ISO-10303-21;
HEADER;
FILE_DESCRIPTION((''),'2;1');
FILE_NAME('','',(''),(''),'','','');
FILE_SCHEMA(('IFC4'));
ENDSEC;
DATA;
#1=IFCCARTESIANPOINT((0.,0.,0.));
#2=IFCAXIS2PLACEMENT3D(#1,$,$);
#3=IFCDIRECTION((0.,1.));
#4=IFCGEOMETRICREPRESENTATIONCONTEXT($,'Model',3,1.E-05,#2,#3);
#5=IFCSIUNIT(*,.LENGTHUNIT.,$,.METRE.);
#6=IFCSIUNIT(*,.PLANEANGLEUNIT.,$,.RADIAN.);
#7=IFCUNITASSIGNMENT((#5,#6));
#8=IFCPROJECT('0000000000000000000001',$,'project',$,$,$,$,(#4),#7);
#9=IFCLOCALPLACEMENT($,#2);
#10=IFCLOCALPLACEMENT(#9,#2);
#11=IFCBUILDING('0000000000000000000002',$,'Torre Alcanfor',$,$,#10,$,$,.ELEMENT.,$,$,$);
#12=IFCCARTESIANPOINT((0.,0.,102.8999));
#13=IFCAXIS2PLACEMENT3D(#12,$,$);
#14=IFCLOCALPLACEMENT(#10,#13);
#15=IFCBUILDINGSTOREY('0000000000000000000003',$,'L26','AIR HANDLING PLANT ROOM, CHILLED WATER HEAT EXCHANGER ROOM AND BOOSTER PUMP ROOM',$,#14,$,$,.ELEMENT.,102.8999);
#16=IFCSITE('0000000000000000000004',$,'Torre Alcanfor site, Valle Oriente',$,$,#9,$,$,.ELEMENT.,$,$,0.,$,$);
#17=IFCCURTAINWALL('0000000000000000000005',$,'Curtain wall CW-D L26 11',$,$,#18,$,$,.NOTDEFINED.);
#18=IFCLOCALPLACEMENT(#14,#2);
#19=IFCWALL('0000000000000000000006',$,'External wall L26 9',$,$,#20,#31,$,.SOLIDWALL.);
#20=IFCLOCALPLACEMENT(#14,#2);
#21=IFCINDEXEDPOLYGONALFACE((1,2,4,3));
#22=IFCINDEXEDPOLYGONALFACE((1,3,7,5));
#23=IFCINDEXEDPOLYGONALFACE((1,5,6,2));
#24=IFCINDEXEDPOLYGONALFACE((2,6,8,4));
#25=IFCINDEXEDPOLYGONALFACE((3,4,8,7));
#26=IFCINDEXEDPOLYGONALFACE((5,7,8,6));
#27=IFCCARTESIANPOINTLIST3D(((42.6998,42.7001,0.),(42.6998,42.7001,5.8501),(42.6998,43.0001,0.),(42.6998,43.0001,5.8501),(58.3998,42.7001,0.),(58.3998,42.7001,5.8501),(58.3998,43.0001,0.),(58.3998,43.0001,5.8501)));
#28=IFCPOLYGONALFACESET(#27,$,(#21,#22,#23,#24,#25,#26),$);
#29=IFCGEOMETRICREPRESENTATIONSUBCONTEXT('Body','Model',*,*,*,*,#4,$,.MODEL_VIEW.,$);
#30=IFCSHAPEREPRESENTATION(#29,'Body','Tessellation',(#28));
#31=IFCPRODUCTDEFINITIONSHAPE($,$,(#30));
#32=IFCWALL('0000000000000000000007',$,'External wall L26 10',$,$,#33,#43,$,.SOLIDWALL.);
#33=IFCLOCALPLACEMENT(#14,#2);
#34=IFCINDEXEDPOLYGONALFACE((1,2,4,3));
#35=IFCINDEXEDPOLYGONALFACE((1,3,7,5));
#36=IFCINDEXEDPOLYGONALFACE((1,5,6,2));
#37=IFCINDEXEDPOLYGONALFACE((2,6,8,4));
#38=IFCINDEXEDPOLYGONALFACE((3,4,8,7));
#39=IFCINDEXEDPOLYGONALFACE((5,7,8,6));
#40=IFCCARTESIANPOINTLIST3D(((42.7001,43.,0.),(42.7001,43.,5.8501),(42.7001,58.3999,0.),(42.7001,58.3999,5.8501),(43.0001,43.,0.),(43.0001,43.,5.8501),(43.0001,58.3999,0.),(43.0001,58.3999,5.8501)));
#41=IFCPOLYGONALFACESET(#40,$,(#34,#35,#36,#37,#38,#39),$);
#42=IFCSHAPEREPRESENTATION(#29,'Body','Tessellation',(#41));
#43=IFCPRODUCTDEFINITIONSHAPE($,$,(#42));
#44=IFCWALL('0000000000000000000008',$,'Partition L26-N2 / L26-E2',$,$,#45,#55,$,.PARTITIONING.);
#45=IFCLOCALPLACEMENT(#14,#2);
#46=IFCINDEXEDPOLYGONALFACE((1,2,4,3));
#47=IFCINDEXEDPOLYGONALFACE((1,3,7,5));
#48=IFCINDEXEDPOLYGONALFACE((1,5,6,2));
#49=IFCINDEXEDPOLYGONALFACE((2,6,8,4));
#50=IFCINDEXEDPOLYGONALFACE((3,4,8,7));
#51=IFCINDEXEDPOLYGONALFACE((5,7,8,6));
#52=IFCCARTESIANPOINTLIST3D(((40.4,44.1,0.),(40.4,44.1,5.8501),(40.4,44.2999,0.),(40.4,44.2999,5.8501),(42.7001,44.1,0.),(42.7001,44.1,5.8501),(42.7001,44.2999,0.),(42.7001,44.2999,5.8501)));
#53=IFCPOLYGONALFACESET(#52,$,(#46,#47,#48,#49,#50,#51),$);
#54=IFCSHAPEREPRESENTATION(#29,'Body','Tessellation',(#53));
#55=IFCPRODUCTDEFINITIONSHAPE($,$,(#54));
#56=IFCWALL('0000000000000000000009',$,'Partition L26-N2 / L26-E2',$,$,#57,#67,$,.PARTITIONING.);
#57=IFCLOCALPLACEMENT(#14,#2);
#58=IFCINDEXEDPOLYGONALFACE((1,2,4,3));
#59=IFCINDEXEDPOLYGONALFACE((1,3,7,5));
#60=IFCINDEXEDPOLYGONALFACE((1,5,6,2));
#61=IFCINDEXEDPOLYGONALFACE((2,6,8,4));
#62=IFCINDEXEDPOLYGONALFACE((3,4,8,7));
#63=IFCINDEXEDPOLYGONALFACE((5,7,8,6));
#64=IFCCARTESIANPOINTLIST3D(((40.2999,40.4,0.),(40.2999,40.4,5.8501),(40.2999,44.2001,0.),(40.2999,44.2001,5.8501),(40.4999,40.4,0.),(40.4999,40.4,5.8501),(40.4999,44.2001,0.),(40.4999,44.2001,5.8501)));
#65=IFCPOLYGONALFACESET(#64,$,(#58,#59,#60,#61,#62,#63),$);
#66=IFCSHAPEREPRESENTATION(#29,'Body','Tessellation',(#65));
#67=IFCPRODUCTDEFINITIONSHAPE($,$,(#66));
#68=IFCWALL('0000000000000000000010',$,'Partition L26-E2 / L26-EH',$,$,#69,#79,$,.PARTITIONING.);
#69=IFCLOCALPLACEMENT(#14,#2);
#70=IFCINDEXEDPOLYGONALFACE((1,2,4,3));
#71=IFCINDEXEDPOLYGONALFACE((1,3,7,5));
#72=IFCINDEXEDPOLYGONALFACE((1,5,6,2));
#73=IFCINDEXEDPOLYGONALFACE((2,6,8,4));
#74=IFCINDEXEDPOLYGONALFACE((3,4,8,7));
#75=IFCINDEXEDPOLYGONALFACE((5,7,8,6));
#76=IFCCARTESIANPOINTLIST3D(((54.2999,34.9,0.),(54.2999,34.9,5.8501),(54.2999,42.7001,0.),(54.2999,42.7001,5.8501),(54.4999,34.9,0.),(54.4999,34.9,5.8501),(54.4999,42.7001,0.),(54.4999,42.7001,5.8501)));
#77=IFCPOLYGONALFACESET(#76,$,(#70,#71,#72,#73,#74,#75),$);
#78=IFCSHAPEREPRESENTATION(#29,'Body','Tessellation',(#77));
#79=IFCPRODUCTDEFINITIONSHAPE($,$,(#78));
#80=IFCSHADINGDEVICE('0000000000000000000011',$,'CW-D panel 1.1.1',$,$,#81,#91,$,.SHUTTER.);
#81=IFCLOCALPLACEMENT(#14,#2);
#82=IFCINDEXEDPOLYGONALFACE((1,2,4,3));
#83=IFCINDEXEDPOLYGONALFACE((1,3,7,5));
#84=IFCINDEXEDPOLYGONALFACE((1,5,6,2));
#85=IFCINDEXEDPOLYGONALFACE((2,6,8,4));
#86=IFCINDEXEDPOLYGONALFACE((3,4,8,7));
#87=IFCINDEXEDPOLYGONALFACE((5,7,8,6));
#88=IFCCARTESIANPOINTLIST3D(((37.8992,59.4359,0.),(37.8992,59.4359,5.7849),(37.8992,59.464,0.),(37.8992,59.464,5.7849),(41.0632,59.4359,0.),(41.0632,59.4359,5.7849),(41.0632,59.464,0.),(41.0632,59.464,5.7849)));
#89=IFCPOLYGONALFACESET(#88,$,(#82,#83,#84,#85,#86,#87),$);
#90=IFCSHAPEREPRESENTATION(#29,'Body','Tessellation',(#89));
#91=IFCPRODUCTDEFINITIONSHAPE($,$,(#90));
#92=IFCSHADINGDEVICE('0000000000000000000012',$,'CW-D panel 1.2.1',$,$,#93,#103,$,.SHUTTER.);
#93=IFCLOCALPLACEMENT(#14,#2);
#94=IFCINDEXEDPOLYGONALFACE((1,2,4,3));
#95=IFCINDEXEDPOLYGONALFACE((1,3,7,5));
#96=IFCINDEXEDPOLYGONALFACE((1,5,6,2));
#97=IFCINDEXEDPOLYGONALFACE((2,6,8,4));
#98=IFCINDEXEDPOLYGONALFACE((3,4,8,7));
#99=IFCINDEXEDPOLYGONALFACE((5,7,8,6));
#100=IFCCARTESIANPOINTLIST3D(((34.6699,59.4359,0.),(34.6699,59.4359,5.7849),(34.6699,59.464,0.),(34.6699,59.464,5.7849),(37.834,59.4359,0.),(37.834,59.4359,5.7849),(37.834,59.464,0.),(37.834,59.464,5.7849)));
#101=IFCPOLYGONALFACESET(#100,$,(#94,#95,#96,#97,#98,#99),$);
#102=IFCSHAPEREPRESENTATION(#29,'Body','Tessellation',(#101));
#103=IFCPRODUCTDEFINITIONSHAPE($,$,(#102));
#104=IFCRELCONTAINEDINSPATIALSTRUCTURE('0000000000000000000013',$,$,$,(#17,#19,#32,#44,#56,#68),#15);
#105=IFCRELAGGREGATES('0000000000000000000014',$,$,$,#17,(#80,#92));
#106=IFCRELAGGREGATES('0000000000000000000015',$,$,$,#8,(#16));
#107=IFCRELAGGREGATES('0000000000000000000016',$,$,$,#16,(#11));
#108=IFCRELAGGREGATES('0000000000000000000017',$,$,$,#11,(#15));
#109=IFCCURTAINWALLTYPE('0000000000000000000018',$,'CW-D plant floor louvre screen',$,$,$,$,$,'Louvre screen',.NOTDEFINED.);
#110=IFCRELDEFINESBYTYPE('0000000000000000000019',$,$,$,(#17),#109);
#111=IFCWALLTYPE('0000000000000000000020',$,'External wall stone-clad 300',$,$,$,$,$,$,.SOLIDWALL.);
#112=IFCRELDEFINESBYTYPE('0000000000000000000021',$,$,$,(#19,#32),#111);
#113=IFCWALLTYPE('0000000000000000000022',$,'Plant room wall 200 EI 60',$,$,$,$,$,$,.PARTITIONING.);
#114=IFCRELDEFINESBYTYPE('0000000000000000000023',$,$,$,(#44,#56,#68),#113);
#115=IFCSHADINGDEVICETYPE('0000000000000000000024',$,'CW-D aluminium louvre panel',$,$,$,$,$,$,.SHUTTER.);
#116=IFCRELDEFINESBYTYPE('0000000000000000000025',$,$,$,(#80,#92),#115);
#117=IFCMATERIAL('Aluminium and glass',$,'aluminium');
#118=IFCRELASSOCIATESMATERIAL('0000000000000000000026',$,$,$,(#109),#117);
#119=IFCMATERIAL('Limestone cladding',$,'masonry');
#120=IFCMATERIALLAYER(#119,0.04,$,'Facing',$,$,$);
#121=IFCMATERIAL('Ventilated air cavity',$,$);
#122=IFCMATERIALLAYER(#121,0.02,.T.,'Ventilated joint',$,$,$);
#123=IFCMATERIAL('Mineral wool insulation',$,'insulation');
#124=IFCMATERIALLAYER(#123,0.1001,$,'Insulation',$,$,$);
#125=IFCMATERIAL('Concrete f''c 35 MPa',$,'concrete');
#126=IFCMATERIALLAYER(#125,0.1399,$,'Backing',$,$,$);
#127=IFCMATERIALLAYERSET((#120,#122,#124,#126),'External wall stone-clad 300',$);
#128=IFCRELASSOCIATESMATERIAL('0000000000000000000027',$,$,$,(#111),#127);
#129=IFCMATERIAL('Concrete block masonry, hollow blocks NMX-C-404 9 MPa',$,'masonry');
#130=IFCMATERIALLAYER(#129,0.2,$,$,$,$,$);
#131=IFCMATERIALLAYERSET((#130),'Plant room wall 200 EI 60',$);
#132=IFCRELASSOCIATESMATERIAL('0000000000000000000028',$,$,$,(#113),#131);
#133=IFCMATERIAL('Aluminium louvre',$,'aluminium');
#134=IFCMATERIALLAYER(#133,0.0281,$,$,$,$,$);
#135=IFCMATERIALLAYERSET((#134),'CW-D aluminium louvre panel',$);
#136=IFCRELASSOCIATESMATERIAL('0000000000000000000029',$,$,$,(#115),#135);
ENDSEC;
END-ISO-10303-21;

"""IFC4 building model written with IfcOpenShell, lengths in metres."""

from ifc_helpers import new_model, si_unit, direction, frame, frame_2d, origin, origin_2d, place, context, subcontext, project, spatial, rectangle, extrude, material, layer, layer_set, type_object, element, aggregate, save


model = new_model("IFC4")

# Units and contexts
model_context = context("Model", 3, precision=1e-05, world=origin(), true_north=direction((0.0, 1.0)))
body_context = subcontext(model_context, "Body", "Model", "MODEL_VIEW")
ifc_project = project(units=[si_unit("LENGTHUNIT", "METRE"), si_unit("PLANEANGLEUNIT", "RADIAN")], contexts=[model_context])

# Site, building, storey
site_placement = place(None, origin())
site = spatial("IfcSite", under=ifc_project, at=site_placement, Name="Torre Alcanfor site, Valle Oriente", CompositionType="ELEMENT", RefElevation=0.0)
building_placement = place(site_placement, origin())
building = spatial("IfcBuilding", under=site, at=building_placement, Name="Torre Alcanfor", CompositionType="ELEMENT")
storey_placement = place(building_placement, frame((0.0, 0.0, 102.8999)))
storey = spatial("IfcBuildingStorey", under=building, at=storey_placement, Name="L26", Description="AIR HANDLING PLANT ROOM, CHILLED WATER HEAT EXCHANGER ROOM AND BOOSTER PUMP ROOM", CompositionType="ELEMENT", Elevation=102.8999)

# Shared definitions
ifc_material_1 = material(Name="Aluminium and glass", Category="aluminium")
curtain_wall_type = type_object("IfcCurtainWallType", Name="CW-D plant floor louvre screen", ElementType="Louvre screen", PredefinedType="NOTDEFINED", material=ifc_material_1)

# Curtain wall
curtain_wall_1_placement = place(storey_placement, origin())
curtain_wall_1 = element("IfcCurtainWall", 1, at=curtain_wall_1_placement, inside=storey, type_object=curtain_wall_type, Name="Curtain wall CW-D L26 11", PredefinedType="NOTDEFINED")

# Walls
ifc_material_2 = material(Name="Limestone cladding", Category="masonry")
ifc_layer_1 = layer(ifc_material_2, 0.04, Name="Facing")
ifc_material_3 = material(Name="Ventilated air cavity")
ifc_layer_2 = layer(ifc_material_3, 0.02, ventilated=True, Name="Ventilated joint")
ifc_material_4 = material(Name="Mineral wool insulation", Category="insulation")
ifc_layer_3 = layer(ifc_material_4, 0.1001, Name="Insulation")
ifc_material_5 = material(Name="Concrete f'c 35 MPa", Category="concrete")
ifc_layer_4 = layer(ifc_material_5, 0.1399, Name="Backing")
ifc_layer_set_1 = layer_set([ifc_layer_1, ifc_layer_2, ifc_layer_3, ifc_layer_4], Name="External wall stone-clad 300")
wall_type_1 = type_object("IfcWallType", Name="External wall stone-clad 300", PredefinedType="SOLIDWALL", material=ifc_layer_set_1)
wall_1_placement = place(storey_placement, frame((58.3999, 42.8501, 0.0), z_axis=(0.0, 0.0, 1.0), x_axis=(-1.0, 0.0, 0.0)))
element("IfcWall", 2, at=wall_1_placement, inside=storey, type_object=wall_type_1, Name="External wall L26 9", PredefinedType="SOLIDWALL", context=body_context, shape_type="SweptSolid", body=[
    extrude(rectangle(XDim=15.7, YDim=0.3, at=frame_2d((7.8501, 0.0))), origin(), (0.0, 0.0, 1.0), 5.8501),
])
wall_2_placement = place(storey_placement, frame((42.8501, 43.0, 0.0), z_axis=(0.0, 0.0, 1.0), x_axis=(0.0, 1.0, 0.0)))
element("IfcWall", 3, at=wall_2_placement, inside=storey, type_object=wall_type_1, Name="External wall L26 10", PredefinedType="SOLIDWALL", context=body_context, shape_type="SweptSolid", body=[
    extrude(rectangle(XDim=15.3999, YDim=0.3, at=frame_2d((7.7, 0.0))), origin(), (0.0, 0.0, 1.0), 5.8501),
])

# Shared definitions
ifc_material_6 = material(Name="Concrete block masonry, hollow blocks NMX-C-404 9 MPa", Category="masonry")
ifc_layer_5 = layer(ifc_material_6, 0.2)
ifc_layer_set_2 = layer_set([ifc_layer_5], Name="Plant room wall 200 EI 60")
wall_type_2 = type_object("IfcWallType", Name="Plant room wall 200 EI 60", PredefinedType="PARTITIONING", material=ifc_layer_set_2)

# Walls
wall_3_placement = place(storey_placement, frame((42.7, 44.2, 0.0), z_axis=(0.0, 0.0, 1.0), x_axis=(-1.0, 0.0, 0.0)))
element("IfcWall", 4, at=wall_3_placement, inside=storey, type_object=wall_type_2, Name="Partition L26-N2 / L26-E2", PredefinedType="PARTITIONING", context=body_context, shape_type="SweptSolid", body=[
    extrude(rectangle(XDim=2.3, YDim=0.2, at=frame_2d((1.1499, 0.0))), origin(), (0.0, 0.0, 1.0), 5.8501),
])
wall_4_placement = place(storey_placement, frame((40.3999, 44.2, 0.0), z_axis=(0.0, 0.0, 1.0), x_axis=(0.0, -1.0, 0.0)))
element("IfcWall", 5, at=wall_4_placement, inside=storey, type_object=wall_type_2, Name="Partition L26-N2 / L26-E2", PredefinedType="PARTITIONING", context=body_context, shape_type="SweptSolid", body=[
    extrude(rectangle(XDim=3.8, YDim=0.2, at=frame_2d((1.8999, 0.0))), origin(), (0.0, 0.0, 1.0), 5.8501),
])
wall_5_placement = place(storey_placement, frame((54.3999, 42.7, 0.0), z_axis=(0.0, 0.0, 1.0), x_axis=(0.0, -1.0, 0.0)))
element("IfcWall", 6, at=wall_5_placement, inside=storey, type_object=wall_type_2, Name="Partition L26-E2 / L26-EH", PredefinedType="PARTITIONING", context=body_context, shape_type="SweptSolid", body=[
    extrude(rectangle(XDim=7.8, YDim=0.2, at=frame_2d((3.8999, 0.0))), origin(), (0.0, 0.0, 1.0), 5.8501),
])

# Shading devices
ifc_material_7 = material(Name="Aluminium louvre", Category="aluminium")
ifc_layer_6 = layer(ifc_material_7, 0.0281)
ifc_layer_set_3 = layer_set([ifc_layer_6], Name="CW-D aluminium louvre panel")
shading_device_type = type_object("IfcShadingDeviceType", Name="CW-D aluminium louvre panel", PredefinedType="SHUTTER", material=ifc_layer_set_3)
shading_device_1_placement = place(storey_placement, frame((39.4812, 59.45, 0.0), z_axis=(0.0, 0.0, 1.0), x_axis=(-1.0, 0.0, 0.0)))
shading_device_1 = element("IfcShadingDevice", 7, at=shading_device_1_placement, type_object=shading_device_type, Name="CW-D panel 1.1.1", PredefinedType="SHUTTER", context=body_context, shape_type="SweptSolid", body=[
    extrude(rectangle(XDim=3.1641, YDim=0.0281, at=origin_2d()), origin(), (0.0, 0.0, 1.0), 5.7849),
])
shading_device_2_placement = place(storey_placement, frame((36.252, 59.45, 0.0), z_axis=(0.0, 0.0, 1.0), x_axis=(-1.0, 0.0, 0.0)))
shading_device_2 = element("IfcShadingDevice", 8, at=shading_device_2_placement, type_object=shading_device_type, Name="CW-D panel 1.2.1", PredefinedType="SHUTTER", context=body_context, shape_type="SweptSolid", body=[
    extrude(rectangle(XDim=3.1641, YDim=0.0281, at=origin_2d()), origin(), (0.0, 0.0, 1.0), 5.7849),
])
aggregate(curtain_wall_1, [shading_device_1, shading_device_2])

save(model, "model.ifc")
